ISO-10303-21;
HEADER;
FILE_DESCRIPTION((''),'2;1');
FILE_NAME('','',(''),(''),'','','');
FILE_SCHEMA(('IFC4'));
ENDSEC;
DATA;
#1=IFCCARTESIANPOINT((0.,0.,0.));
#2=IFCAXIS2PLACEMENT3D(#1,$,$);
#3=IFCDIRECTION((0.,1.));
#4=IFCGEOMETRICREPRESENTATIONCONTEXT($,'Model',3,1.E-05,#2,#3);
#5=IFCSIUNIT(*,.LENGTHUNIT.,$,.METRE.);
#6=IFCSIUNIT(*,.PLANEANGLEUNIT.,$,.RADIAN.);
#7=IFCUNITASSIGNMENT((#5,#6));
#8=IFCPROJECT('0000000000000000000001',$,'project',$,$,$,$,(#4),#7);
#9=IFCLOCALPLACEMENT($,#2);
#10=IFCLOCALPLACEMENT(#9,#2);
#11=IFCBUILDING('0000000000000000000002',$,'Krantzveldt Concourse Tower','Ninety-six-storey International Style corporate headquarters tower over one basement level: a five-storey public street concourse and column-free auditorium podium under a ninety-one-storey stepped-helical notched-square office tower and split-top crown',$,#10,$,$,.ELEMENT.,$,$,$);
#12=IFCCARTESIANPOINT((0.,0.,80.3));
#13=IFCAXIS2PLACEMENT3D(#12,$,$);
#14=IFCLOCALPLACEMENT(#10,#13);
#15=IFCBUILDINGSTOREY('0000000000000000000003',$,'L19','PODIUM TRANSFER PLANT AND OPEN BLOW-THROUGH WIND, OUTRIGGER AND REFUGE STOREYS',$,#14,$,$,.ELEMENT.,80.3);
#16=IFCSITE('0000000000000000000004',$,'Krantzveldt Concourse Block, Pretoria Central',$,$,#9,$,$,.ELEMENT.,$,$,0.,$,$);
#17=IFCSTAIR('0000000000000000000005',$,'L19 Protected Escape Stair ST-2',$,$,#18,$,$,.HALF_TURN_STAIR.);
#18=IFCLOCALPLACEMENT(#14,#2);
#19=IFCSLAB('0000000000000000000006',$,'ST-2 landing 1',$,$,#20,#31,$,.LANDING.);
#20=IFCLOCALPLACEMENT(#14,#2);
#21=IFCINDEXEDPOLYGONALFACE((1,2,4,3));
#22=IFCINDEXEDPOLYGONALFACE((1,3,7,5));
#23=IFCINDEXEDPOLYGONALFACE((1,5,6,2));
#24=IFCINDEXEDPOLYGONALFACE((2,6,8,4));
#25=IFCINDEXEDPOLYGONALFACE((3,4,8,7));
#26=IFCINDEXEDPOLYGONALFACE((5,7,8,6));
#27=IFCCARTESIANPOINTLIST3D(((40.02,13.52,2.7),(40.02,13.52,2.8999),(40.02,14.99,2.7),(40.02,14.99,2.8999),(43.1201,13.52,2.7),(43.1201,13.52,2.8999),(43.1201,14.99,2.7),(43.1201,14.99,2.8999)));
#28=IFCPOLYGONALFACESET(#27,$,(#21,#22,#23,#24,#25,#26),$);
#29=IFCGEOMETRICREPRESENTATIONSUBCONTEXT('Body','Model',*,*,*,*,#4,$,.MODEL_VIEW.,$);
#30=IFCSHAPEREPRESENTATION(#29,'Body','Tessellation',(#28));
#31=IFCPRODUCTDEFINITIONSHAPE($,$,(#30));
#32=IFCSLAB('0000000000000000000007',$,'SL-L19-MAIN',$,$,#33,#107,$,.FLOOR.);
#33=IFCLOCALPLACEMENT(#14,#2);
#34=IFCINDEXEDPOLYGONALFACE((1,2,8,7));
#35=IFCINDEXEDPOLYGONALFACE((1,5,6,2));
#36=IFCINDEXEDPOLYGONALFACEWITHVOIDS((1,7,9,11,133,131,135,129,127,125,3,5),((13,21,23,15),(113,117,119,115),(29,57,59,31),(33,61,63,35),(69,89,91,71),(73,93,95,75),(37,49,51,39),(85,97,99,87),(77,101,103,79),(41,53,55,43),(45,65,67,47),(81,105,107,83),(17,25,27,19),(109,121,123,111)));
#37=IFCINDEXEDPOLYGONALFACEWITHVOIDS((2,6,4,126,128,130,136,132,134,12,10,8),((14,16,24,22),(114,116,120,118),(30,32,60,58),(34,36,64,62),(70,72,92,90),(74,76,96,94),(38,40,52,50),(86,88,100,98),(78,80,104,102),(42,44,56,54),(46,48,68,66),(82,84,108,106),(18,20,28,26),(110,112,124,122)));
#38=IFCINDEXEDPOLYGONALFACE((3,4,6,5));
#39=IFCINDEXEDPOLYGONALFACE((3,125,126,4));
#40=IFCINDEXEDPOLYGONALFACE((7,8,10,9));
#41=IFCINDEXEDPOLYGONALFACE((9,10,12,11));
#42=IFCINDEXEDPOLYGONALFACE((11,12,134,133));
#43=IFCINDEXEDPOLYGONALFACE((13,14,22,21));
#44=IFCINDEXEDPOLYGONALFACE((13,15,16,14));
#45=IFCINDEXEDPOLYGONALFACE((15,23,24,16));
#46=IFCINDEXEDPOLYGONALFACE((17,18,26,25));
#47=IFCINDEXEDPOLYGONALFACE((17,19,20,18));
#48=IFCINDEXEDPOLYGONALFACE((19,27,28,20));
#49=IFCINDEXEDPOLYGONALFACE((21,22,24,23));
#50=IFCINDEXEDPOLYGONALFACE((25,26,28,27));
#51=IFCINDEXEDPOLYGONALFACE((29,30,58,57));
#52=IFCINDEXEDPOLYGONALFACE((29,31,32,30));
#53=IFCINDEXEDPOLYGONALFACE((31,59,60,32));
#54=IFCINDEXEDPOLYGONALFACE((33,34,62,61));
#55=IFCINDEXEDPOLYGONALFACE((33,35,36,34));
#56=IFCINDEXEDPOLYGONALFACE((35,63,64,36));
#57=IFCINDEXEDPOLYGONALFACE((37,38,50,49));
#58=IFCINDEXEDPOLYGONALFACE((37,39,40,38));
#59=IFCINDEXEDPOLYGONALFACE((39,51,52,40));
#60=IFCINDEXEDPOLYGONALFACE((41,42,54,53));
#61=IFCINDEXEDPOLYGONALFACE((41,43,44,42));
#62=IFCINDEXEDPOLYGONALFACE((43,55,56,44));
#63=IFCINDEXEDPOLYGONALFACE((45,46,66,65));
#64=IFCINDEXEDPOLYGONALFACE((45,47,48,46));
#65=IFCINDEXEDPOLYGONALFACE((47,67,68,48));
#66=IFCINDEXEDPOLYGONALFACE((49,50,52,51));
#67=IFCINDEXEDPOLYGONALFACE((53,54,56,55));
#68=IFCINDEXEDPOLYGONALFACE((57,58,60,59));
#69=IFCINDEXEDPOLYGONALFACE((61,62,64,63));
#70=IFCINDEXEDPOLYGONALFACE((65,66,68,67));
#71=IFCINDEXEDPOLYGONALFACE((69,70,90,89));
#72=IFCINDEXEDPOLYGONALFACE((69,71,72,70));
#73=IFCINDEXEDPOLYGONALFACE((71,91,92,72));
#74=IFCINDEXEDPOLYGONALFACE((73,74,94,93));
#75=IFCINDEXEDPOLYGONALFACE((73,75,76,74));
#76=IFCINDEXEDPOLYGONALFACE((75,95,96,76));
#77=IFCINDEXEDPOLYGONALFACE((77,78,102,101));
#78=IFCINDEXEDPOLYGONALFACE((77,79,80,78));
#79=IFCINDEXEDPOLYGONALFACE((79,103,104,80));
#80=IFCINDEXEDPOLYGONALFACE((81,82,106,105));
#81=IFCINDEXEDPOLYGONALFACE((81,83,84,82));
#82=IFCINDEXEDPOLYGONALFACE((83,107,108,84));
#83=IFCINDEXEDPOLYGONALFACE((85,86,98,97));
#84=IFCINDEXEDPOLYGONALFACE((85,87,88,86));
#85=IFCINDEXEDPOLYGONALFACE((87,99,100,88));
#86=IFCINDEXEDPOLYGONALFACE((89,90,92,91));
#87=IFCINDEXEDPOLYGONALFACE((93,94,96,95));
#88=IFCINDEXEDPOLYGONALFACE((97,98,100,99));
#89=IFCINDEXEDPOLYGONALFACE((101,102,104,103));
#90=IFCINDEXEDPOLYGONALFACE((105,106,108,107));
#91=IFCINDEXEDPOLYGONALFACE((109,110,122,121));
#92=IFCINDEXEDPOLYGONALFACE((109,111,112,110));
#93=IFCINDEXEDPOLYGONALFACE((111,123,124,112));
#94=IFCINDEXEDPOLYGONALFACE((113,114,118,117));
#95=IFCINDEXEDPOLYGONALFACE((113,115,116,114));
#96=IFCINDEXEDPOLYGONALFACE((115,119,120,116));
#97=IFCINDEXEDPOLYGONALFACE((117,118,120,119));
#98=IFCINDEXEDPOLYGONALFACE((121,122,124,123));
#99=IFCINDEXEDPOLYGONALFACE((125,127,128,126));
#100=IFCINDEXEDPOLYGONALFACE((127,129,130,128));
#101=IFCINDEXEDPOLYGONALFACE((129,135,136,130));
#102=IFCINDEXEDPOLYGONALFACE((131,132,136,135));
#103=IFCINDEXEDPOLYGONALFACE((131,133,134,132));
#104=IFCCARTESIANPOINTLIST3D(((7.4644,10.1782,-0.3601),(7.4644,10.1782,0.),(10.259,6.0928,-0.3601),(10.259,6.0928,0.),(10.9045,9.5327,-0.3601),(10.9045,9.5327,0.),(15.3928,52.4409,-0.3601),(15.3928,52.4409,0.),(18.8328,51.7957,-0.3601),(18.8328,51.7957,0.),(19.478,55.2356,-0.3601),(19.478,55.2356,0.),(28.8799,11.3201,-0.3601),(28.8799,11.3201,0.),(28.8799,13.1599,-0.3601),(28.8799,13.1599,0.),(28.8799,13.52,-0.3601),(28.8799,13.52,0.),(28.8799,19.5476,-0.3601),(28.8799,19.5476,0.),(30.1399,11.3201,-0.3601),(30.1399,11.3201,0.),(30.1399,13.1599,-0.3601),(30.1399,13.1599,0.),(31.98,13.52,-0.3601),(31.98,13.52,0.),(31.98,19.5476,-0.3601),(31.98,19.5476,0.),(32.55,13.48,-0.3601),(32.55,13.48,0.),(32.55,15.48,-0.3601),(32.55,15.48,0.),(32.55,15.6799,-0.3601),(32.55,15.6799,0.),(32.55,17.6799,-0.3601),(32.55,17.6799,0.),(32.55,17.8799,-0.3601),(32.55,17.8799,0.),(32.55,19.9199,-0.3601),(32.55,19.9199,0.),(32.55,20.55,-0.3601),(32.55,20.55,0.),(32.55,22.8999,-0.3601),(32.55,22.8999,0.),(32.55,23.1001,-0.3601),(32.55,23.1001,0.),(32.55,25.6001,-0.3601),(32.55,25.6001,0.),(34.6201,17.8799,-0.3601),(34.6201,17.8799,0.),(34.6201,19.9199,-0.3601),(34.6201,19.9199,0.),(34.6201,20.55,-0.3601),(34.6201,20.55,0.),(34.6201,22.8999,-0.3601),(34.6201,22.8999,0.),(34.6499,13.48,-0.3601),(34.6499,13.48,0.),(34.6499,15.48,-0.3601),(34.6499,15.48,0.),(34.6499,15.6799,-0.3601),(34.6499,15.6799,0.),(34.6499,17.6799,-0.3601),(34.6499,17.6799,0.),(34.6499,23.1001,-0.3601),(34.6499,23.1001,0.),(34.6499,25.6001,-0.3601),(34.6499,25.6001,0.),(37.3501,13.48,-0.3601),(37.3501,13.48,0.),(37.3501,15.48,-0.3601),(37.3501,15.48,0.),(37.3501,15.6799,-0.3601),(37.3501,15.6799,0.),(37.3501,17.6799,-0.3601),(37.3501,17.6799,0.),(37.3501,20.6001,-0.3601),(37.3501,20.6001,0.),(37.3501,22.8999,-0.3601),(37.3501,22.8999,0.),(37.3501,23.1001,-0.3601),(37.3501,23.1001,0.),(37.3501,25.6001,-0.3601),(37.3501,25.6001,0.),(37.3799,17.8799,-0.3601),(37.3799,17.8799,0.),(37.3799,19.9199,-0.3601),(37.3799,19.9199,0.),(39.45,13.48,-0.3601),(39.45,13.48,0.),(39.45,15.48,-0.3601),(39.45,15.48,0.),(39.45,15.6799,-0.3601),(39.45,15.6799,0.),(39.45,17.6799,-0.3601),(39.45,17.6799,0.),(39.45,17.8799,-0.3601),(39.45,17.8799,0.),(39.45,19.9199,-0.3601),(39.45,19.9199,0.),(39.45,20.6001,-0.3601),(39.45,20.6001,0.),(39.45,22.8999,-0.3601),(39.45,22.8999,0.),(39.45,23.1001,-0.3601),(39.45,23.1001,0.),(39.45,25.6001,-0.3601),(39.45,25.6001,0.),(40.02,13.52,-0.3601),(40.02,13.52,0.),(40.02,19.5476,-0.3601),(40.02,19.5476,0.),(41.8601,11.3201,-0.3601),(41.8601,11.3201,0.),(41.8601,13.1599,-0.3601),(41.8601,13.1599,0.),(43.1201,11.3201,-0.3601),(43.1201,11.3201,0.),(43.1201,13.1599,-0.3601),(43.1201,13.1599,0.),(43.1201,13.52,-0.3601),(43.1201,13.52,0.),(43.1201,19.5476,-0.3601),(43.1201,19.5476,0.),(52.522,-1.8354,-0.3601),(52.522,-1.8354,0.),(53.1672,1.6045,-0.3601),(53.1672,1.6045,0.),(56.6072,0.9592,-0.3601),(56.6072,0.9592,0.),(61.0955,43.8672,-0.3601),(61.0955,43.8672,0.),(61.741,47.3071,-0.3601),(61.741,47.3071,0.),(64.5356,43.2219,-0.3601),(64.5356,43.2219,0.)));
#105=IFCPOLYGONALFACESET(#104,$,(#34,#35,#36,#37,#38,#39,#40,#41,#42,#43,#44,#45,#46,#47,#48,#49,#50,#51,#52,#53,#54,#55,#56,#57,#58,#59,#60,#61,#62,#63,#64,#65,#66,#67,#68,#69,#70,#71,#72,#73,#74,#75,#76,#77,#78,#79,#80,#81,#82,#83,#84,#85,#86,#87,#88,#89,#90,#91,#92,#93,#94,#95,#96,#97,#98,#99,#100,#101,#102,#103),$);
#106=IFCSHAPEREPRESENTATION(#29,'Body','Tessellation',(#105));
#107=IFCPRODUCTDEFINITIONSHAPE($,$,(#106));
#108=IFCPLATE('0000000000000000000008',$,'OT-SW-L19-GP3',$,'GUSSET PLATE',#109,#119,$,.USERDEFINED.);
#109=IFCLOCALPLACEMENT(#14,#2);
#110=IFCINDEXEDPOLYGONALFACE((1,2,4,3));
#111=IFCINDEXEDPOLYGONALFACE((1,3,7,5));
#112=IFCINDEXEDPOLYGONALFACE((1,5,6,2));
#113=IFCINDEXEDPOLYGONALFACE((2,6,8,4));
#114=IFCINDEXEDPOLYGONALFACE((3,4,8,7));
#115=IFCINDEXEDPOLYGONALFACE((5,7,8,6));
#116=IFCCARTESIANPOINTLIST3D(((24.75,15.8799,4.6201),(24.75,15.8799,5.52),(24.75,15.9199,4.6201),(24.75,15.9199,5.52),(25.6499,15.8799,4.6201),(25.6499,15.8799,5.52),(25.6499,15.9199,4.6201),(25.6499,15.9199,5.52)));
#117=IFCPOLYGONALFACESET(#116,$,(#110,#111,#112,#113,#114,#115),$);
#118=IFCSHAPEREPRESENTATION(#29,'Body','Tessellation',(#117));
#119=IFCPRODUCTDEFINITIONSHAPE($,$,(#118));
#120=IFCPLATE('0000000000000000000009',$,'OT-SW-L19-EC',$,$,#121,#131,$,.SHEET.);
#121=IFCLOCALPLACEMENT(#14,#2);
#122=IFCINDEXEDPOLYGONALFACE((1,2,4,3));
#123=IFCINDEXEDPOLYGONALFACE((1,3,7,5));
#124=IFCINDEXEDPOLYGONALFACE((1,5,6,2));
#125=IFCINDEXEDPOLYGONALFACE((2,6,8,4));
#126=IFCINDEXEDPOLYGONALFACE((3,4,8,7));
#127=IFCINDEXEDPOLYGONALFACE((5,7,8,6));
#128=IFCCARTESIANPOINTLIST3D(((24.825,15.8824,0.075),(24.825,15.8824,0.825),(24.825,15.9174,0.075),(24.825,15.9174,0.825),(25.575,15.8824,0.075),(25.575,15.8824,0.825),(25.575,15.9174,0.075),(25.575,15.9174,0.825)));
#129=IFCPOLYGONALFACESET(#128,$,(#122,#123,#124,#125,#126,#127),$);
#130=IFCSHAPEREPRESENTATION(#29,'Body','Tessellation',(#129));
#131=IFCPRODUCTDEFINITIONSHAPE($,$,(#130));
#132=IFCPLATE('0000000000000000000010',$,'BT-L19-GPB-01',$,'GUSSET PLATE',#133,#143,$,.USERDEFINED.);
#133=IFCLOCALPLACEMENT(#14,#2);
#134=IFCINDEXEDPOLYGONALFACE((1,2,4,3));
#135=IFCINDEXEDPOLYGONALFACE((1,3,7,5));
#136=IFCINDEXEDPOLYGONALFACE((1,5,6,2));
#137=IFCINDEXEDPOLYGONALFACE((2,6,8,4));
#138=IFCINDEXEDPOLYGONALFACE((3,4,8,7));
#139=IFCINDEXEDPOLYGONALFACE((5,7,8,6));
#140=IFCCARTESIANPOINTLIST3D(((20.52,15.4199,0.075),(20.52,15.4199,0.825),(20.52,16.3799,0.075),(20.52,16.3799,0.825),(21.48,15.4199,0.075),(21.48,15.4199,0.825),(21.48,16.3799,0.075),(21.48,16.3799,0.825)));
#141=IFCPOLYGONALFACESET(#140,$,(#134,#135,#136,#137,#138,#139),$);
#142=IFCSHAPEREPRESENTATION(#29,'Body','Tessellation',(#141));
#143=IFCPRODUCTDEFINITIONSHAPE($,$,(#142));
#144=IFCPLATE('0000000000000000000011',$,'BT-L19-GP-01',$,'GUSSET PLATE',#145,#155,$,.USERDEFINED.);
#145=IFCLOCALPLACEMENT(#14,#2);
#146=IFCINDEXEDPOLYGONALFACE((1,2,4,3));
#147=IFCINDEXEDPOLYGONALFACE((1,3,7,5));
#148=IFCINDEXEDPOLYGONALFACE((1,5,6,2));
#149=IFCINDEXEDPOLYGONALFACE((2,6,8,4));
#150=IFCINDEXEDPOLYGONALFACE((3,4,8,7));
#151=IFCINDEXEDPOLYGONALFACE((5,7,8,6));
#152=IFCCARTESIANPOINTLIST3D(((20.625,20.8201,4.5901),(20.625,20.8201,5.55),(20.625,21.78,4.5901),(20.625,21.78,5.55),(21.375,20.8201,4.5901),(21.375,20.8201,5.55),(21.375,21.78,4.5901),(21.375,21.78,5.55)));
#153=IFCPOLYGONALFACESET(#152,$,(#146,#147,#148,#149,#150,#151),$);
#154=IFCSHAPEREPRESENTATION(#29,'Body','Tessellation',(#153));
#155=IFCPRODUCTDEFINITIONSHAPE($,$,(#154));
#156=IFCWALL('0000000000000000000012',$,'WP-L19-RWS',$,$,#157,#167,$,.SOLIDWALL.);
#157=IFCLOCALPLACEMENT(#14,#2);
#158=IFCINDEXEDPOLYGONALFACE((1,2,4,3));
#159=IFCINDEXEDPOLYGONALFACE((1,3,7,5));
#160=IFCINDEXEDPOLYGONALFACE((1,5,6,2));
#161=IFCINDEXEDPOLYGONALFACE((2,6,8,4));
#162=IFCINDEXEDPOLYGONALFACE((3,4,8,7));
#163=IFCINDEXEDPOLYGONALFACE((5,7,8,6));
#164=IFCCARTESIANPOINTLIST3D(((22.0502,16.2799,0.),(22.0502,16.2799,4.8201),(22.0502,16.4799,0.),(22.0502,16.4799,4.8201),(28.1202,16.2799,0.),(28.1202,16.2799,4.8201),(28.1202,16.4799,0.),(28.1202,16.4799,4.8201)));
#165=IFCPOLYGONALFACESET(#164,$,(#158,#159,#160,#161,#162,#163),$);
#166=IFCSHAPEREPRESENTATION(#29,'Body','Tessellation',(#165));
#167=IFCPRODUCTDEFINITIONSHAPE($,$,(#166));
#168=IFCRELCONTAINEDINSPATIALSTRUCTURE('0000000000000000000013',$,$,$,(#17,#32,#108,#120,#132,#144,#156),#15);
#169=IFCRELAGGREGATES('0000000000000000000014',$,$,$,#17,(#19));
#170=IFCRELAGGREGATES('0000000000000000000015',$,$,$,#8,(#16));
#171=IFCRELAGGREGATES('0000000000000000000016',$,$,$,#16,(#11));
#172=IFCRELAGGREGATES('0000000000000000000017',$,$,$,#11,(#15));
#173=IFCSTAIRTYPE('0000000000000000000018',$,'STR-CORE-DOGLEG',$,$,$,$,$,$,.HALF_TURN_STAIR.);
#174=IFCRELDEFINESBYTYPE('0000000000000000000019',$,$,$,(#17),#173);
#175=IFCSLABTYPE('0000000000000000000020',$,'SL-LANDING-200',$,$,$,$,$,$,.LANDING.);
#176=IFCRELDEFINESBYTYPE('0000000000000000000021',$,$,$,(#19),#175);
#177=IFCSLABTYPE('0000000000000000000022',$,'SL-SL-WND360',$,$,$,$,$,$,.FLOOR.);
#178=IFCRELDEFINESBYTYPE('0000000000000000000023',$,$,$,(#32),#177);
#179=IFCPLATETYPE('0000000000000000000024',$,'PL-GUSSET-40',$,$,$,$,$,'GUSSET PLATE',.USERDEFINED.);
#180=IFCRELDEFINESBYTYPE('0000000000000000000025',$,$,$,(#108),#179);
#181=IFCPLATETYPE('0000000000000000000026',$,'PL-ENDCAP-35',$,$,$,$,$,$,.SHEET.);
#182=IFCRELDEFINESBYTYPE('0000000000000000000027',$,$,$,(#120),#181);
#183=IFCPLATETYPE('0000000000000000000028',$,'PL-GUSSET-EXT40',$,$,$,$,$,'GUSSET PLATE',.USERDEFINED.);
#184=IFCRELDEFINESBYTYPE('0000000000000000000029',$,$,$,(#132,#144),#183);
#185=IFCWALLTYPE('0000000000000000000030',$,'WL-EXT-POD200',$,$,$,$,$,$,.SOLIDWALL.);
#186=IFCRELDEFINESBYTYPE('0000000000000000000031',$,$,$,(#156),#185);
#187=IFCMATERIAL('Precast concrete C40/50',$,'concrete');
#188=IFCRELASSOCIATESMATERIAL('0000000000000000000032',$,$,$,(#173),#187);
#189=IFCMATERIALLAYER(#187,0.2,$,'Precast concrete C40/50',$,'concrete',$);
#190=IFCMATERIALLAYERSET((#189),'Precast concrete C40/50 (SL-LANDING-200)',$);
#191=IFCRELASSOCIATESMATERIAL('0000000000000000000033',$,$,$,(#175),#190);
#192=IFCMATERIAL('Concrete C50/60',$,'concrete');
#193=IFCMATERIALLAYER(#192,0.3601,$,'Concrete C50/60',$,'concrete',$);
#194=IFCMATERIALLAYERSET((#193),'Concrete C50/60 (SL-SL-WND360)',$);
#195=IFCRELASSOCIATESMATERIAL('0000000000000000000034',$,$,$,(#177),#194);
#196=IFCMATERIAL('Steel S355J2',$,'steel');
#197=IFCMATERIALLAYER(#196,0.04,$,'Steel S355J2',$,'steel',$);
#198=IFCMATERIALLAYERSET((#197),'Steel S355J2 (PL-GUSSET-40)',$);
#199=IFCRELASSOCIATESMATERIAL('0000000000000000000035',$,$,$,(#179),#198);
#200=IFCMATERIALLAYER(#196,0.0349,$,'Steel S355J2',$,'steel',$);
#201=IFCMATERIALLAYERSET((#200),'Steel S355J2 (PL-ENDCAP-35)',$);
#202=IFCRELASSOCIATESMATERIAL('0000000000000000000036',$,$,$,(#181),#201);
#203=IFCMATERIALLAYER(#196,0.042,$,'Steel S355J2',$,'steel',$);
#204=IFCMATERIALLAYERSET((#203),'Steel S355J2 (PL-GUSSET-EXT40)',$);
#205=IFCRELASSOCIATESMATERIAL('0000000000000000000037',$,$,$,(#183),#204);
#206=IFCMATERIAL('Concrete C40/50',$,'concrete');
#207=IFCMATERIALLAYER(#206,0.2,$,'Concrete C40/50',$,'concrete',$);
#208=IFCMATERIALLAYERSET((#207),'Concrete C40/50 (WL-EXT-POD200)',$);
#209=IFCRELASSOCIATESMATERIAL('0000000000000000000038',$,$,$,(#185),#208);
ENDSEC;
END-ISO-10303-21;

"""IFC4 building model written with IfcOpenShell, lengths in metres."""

from ifc_helpers import new_model, si_unit, direction, frame, frame_2d, origin, origin_2d, place, context, subcontext, project, spatial, polyline, rectangle, outline, extrude, source, transform, mapped, material, layer, layer_set, type_object, type_shapes, element, aggregate, save


model = new_model("IFC4")

# Units and contexts
model_context = context("Model", 3, precision=1e-05, world=origin(), true_north=direction((0.0, 1.0)))
body_context = subcontext(model_context, "Body", "Model", "MODEL_VIEW")
ifc_project = project(units=[si_unit("LENGTHUNIT", "METRE"), si_unit("PLANEANGLEUNIT", "RADIAN")], contexts=[model_context])

# Site, building, storey
site_placement = place(None, origin())
site = spatial("IfcSite", under=ifc_project, at=site_placement, Name="Krantzveldt Concourse Block, Pretoria Central", CompositionType="ELEMENT", RefElevation=0.0)
building_placement = place(site_placement, origin())
building = spatial("IfcBuilding", under=site, at=building_placement, Name="Krantzveldt Concourse Tower", Description="Ninety-six-storey International Style corporate headquarters tower over one basement level: a five-storey public street concourse and column-free auditorium podium under a ninety-one-storey stepped-helical notched-square office tower and split-top crown", CompositionType="ELEMENT")
storey_placement = place(building_placement, frame((0.0, 0.0, 80.3)))
storey = spatial("IfcBuildingStorey", under=building, at=storey_placement, Name="L19", Description="PODIUM TRANSFER PLANT AND OPEN BLOW-THROUGH WIND, OUTRIGGER AND REFUGE STOREYS", CompositionType="ELEMENT", Elevation=80.3)

# Shared definitions
ifc_material_1 = material(Name="Steel S355J2", Category="steel")

# Stair, slab
ifc_material_2 = material(Name="Precast concrete C40/50", Category="concrete")
stair_type = type_object("IfcStairType", Name="STR-CORE-DOGLEG", PredefinedType="HALF_TURN_STAIR", material=ifc_material_2)
ifc_layer_1 = layer(ifc_material_2, 0.2, Name="Precast concrete C40/50", Category="concrete")
ifc_layer_set_1 = layer_set([ifc_layer_1], Name="Precast concrete C40/50 (SL-LANDING-200)")
slab_type_1 = type_object("IfcSlabType", Name="SL-LANDING-200", PredefinedType="LANDING", material=ifc_layer_set_1)
stair_1_placement = place(storey_placement, origin())
stair_1 = element("IfcStair", 1, at=stair_1_placement, inside=storey, type_object=stair_type, Name="L19 Protected Escape Stair ST-2", PredefinedType="HALF_TURN_STAIR")
slab_1_placement = place(storey_placement, frame((0.0, 0.0, 2.7)))
slab_1 = element("IfcSlab", 2, at=slab_1_placement, type_object=slab_type_1, Name="ST-2 landing 1", PredefinedType="LANDING", context=body_context, shape_type="SweptSolid", body=[
    extrude(outline(polyline([(40.02, 14.99), (40.02, 13.52), (43.1201, 13.52), (43.1201, 14.99), (40.02, 14.99)])), origin(), (0.0, 0.0, 1.0), 0.2),
])
aggregate(stair_1, [slab_1])

# Slab
ifc_material_3 = material(Name="Concrete C50/60", Category="concrete")
ifc_layer_2 = layer(ifc_material_3, 0.3601, Name="Concrete C50/60", Category="concrete")
ifc_layer_set_2 = layer_set([ifc_layer_2], Name="Concrete C50/60 (SL-SL-WND360)")
slab_type_2 = type_object("IfcSlabType", Name="SL-SL-WND360", PredefinedType="FLOOR", material=ifc_layer_set_2)
slab_2_placement = place(storey_placement, frame((0.0, 0.0, -0.3601)))
element("IfcSlab", 3, at=slab_2_placement, inside=storey, type_object=slab_type_2, Name="SL-L19-MAIN", PredefinedType="FLOOR", context=body_context, shape_type="SweptSolid", body=[
    extrude(outline(polyline([(18.8328, 51.7957), (15.3928, 52.4409), (7.4644, 10.1782), (10.9045, 9.5327), (10.259, 6.0928), (52.522, -1.8354), (53.1672, 1.6045), (56.6072, 0.9592), (64.5356, 43.2219), (61.0955, 43.8672), (61.741, 47.3071), (19.478, 55.2356), (18.8328, 51.7957)]), holes=[polyline([(28.8799, 19.5476), (28.8799, 13.52), (31.98, 13.52), (31.98, 19.5476), (28.8799, 19.5476)]), polyline([(40.02, 19.5476), (40.02, 13.52), (43.1201, 13.52), (43.1201, 19.5476), (40.02, 19.5476)]), polyline([(32.55, 23.1001), (34.6499, 23.1001), (34.6499, 25.6001), (32.55, 25.6001), (32.55, 23.1001)]), polyline([(37.3501, 23.1001), (39.45, 23.1001), (39.45, 25.6001), (37.3501, 25.6001), (37.3501, 23.1001)]), polyline([(37.3501, 20.6001), (39.45, 20.6001), (39.45, 22.8999), (37.3501, 22.8999), (37.3501, 20.6001)]), polyline([(32.55, 13.48), (34.6499, 13.48), (34.6499, 15.48), (32.55, 15.48), (32.55, 13.48)]), polyline([(32.55, 15.6799), (34.6499, 15.6799), (34.6499, 17.6799), (32.55, 17.6799), (32.55, 15.6799)]), polyline([(37.3501, 13.48), (39.45, 13.48), (39.45, 15.48), (37.3501, 15.48), (37.3501, 13.48)]), polyline([(37.3501, 15.6799), (39.45, 15.6799), (39.45, 17.6799), (37.3501, 17.6799), (37.3501, 15.6799)]), polyline([(32.55, 20.55), (34.6201, 20.55), (34.6201, 22.8999), (32.55, 22.8999), (32.55, 20.55)]), polyline([(32.55, 17.8799), (34.6201, 17.8799), (34.6201, 19.9199), (32.55, 19.9199), (32.55, 17.8799)]), polyline([(37.3799, 17.8799), (39.45, 17.8799), (39.45, 19.9199), (37.3799, 19.9199), (37.3799, 17.8799)]), polyline([(28.8799, 11.3201), (30.1399, 11.3201), (30.1399, 13.1599), (28.8799, 13.1599), (28.8799, 11.3201)]), polyline([(41.8601, 11.3201), (43.1201, 11.3201), (43.1201, 13.1599), (41.8601, 13.1599), (41.8601, 11.3201)])]), origin(), (0.0, 0.0, 1.0), 0.3601),
])

# Plates
ifc_layer_3 = layer(ifc_material_1, 0.04, Name="Steel S355J2", Category="steel")
ifc_layer_set_3 = layer_set([ifc_layer_3], Name="Steel S355J2 (PL-GUSSET-40)")
plate_type_1 = type_object("IfcPlateType", Name="PL-GUSSET-40", ElementType="GUSSET PLATE", PredefinedType="USERDEFINED", material=ifc_layer_set_3)
shared_shape_1 = source(origin(), body_context, "Body", "SweptSolid", [
    extrude(rectangle(XDim=0.8999, YDim=0.04, at=origin_2d()), origin(), (0.0, 0.0, 1.0), 0.8999),
])
type_shapes(plate_type_1, [shared_shape_1])
plate_1_placement = place(storey_placement, frame((25.2, 15.8999, 4.6201), z_axis=(0.0, 0.0, 1.0), x_axis=(1.0, 0.0, 0.0)))
element("IfcPlate", 4, at=plate_1_placement, inside=storey, type_object=plate_type_1, Name="OT-SW-L19-GP3", ObjectType="GUSSET PLATE", PredefinedType="USERDEFINED", context=body_context, shape_type="MappedRepresentation", body=[
    mapped(shared_shape_1, transform((0.0, 0.0, 0.0), x_axis=(1.0, 0.0, 0.0), y_axis=(0.0, 1.0, 0.0), z_axis=(0.0, 0.0, 1.0), scale=1.0)),
])
ifc_layer_4 = layer(ifc_material_1, 0.0349, Name="Steel S355J2", Category="steel")
ifc_layer_set_4 = layer_set([ifc_layer_4], Name="Steel S355J2 (PL-ENDCAP-35)")
plate_type_2 = type_object("IfcPlateType", Name="PL-ENDCAP-35", PredefinedType="SHEET", material=ifc_layer_set_4)
shared_shape_2 = source(origin(), body_context, "Body", "SweptSolid", [
    extrude(rectangle(XDim=0.75, YDim=0.0349, at=origin_2d()), origin(), (0.0, 0.0, 1.0), 0.75),
])
type_shapes(plate_type_2, [shared_shape_2])
plate_2_placement = place(storey_placement, frame((25.2, 15.8999, 0.075), z_axis=(0.0, 0.0, 1.0), x_axis=(1.0, 0.0, 0.0)))
element("IfcPlate", 5, at=plate_2_placement, inside=storey, type_object=plate_type_2, Name="OT-SW-L19-EC", PredefinedType="SHEET", context=body_context, shape_type="MappedRepresentation", body=[
    mapped(shared_shape_2, transform((0.0, 0.0, 0.0), x_axis=(1.0, 0.0, 0.0), y_axis=(0.0, 1.0, 0.0), z_axis=(0.0, 0.0, 1.0), scale=1.0)),
])
ifc_layer_5 = layer(ifc_material_1, 0.042, Name="Steel S355J2", Category="steel")
ifc_layer_set_5 = layer_set([ifc_layer_5], Name="Steel S355J2 (PL-GUSSET-EXT40)")
plate_type_3 = type_object("IfcPlateType", Name="PL-GUSSET-EXT40", ElementType="GUSSET PLATE", PredefinedType="USERDEFINED", material=ifc_layer_set_5)
shared_shape_3 = source(origin(), body_context, "Body", "SweptSolid", [
    extrude(rectangle(XDim=0.96, YDim=0.96, at=origin_2d()), origin(), (0.0, 0.0, 1.0), 0.75),
])
plate_3_placement = place(storey_placement, frame((21.0, 15.8999, 0.075), z_axis=(0.0, 0.0, 1.0), x_axis=(1.0, 0.0, 0.0)))
element("IfcPlate", 6, at=plate_3_placement, inside=storey, type_object=plate_type_3, Name="BT-L19-GPB-01", ObjectType="GUSSET PLATE", PredefinedType="USERDEFINED", context=body_context, shape_type="MappedRepresentation", body=[
    mapped(shared_shape_3, transform((0.0, 0.0, 0.0), x_axis=(1.0, 0.0, 0.0), y_axis=(0.0, 1.0, 0.0), z_axis=(0.0, 0.0, 1.0), scale=1.0)),
])
shared_shape_4 = source(origin(), body_context, "Body", "SweptSolid", [
    extrude(rectangle(XDim=0.96, YDim=0.75, at=origin_2d()), origin(), (0.0, 0.0, 1.0), 0.96),
])
type_shapes(plate_type_3, [shared_shape_3, shared_shape_4])
plate_4_placement = place(storey_placement, frame((21.0, 21.3, 4.5901), z_axis=(0.0, 0.0, 1.0), x_axis=(0.0, 1.0, 0.0)))
element("IfcPlate", 7, at=plate_4_placement, inside=storey, type_object=plate_type_3, Name="BT-L19-GP-01", ObjectType="GUSSET PLATE", PredefinedType="USERDEFINED", context=body_context, shape_type="MappedRepresentation", body=[
    mapped(shared_shape_4, transform((0.0, 0.0, 0.0), x_axis=(1.0, 0.0, 0.0), y_axis=(0.0, 1.0, 0.0), z_axis=(0.0, 0.0, 1.0), scale=1.0)),
])

# Wall
ifc_material_4 = material(Name="Concrete C40/50", Category="concrete")
ifc_layer_6 = layer(ifc_material_4, 0.2, Name="Concrete C40/50", Category="concrete")
ifc_layer_set_6 = layer_set([ifc_layer_6], Name="Concrete C40/50 (WL-EXT-POD200)")
wall_type = type_object("IfcWallType", Name="WL-EXT-POD200", PredefinedType="SOLIDWALL", material=ifc_layer_set_6)
wall_1_placement = place(storey_placement, frame((22.05, 16.3799, 0.0), z_axis=(0.0, 0.0, 1.0), x_axis=(1.0, 0.0, 0.0)))
element("IfcWall", 8, at=wall_1_placement, inside=storey, type_object=wall_type, Name="WP-L19-RWS", PredefinedType="SOLIDWALL", context=body_context, shape_type="SweptSolid", body=[
    extrude(rectangle(XDim=6.0701, YDim=0.2, at=frame_2d((3.0352, 0.0))), origin(), (0.0, 0.0, 1.0), 4.8201),
])

save(model, "model.ifc")
